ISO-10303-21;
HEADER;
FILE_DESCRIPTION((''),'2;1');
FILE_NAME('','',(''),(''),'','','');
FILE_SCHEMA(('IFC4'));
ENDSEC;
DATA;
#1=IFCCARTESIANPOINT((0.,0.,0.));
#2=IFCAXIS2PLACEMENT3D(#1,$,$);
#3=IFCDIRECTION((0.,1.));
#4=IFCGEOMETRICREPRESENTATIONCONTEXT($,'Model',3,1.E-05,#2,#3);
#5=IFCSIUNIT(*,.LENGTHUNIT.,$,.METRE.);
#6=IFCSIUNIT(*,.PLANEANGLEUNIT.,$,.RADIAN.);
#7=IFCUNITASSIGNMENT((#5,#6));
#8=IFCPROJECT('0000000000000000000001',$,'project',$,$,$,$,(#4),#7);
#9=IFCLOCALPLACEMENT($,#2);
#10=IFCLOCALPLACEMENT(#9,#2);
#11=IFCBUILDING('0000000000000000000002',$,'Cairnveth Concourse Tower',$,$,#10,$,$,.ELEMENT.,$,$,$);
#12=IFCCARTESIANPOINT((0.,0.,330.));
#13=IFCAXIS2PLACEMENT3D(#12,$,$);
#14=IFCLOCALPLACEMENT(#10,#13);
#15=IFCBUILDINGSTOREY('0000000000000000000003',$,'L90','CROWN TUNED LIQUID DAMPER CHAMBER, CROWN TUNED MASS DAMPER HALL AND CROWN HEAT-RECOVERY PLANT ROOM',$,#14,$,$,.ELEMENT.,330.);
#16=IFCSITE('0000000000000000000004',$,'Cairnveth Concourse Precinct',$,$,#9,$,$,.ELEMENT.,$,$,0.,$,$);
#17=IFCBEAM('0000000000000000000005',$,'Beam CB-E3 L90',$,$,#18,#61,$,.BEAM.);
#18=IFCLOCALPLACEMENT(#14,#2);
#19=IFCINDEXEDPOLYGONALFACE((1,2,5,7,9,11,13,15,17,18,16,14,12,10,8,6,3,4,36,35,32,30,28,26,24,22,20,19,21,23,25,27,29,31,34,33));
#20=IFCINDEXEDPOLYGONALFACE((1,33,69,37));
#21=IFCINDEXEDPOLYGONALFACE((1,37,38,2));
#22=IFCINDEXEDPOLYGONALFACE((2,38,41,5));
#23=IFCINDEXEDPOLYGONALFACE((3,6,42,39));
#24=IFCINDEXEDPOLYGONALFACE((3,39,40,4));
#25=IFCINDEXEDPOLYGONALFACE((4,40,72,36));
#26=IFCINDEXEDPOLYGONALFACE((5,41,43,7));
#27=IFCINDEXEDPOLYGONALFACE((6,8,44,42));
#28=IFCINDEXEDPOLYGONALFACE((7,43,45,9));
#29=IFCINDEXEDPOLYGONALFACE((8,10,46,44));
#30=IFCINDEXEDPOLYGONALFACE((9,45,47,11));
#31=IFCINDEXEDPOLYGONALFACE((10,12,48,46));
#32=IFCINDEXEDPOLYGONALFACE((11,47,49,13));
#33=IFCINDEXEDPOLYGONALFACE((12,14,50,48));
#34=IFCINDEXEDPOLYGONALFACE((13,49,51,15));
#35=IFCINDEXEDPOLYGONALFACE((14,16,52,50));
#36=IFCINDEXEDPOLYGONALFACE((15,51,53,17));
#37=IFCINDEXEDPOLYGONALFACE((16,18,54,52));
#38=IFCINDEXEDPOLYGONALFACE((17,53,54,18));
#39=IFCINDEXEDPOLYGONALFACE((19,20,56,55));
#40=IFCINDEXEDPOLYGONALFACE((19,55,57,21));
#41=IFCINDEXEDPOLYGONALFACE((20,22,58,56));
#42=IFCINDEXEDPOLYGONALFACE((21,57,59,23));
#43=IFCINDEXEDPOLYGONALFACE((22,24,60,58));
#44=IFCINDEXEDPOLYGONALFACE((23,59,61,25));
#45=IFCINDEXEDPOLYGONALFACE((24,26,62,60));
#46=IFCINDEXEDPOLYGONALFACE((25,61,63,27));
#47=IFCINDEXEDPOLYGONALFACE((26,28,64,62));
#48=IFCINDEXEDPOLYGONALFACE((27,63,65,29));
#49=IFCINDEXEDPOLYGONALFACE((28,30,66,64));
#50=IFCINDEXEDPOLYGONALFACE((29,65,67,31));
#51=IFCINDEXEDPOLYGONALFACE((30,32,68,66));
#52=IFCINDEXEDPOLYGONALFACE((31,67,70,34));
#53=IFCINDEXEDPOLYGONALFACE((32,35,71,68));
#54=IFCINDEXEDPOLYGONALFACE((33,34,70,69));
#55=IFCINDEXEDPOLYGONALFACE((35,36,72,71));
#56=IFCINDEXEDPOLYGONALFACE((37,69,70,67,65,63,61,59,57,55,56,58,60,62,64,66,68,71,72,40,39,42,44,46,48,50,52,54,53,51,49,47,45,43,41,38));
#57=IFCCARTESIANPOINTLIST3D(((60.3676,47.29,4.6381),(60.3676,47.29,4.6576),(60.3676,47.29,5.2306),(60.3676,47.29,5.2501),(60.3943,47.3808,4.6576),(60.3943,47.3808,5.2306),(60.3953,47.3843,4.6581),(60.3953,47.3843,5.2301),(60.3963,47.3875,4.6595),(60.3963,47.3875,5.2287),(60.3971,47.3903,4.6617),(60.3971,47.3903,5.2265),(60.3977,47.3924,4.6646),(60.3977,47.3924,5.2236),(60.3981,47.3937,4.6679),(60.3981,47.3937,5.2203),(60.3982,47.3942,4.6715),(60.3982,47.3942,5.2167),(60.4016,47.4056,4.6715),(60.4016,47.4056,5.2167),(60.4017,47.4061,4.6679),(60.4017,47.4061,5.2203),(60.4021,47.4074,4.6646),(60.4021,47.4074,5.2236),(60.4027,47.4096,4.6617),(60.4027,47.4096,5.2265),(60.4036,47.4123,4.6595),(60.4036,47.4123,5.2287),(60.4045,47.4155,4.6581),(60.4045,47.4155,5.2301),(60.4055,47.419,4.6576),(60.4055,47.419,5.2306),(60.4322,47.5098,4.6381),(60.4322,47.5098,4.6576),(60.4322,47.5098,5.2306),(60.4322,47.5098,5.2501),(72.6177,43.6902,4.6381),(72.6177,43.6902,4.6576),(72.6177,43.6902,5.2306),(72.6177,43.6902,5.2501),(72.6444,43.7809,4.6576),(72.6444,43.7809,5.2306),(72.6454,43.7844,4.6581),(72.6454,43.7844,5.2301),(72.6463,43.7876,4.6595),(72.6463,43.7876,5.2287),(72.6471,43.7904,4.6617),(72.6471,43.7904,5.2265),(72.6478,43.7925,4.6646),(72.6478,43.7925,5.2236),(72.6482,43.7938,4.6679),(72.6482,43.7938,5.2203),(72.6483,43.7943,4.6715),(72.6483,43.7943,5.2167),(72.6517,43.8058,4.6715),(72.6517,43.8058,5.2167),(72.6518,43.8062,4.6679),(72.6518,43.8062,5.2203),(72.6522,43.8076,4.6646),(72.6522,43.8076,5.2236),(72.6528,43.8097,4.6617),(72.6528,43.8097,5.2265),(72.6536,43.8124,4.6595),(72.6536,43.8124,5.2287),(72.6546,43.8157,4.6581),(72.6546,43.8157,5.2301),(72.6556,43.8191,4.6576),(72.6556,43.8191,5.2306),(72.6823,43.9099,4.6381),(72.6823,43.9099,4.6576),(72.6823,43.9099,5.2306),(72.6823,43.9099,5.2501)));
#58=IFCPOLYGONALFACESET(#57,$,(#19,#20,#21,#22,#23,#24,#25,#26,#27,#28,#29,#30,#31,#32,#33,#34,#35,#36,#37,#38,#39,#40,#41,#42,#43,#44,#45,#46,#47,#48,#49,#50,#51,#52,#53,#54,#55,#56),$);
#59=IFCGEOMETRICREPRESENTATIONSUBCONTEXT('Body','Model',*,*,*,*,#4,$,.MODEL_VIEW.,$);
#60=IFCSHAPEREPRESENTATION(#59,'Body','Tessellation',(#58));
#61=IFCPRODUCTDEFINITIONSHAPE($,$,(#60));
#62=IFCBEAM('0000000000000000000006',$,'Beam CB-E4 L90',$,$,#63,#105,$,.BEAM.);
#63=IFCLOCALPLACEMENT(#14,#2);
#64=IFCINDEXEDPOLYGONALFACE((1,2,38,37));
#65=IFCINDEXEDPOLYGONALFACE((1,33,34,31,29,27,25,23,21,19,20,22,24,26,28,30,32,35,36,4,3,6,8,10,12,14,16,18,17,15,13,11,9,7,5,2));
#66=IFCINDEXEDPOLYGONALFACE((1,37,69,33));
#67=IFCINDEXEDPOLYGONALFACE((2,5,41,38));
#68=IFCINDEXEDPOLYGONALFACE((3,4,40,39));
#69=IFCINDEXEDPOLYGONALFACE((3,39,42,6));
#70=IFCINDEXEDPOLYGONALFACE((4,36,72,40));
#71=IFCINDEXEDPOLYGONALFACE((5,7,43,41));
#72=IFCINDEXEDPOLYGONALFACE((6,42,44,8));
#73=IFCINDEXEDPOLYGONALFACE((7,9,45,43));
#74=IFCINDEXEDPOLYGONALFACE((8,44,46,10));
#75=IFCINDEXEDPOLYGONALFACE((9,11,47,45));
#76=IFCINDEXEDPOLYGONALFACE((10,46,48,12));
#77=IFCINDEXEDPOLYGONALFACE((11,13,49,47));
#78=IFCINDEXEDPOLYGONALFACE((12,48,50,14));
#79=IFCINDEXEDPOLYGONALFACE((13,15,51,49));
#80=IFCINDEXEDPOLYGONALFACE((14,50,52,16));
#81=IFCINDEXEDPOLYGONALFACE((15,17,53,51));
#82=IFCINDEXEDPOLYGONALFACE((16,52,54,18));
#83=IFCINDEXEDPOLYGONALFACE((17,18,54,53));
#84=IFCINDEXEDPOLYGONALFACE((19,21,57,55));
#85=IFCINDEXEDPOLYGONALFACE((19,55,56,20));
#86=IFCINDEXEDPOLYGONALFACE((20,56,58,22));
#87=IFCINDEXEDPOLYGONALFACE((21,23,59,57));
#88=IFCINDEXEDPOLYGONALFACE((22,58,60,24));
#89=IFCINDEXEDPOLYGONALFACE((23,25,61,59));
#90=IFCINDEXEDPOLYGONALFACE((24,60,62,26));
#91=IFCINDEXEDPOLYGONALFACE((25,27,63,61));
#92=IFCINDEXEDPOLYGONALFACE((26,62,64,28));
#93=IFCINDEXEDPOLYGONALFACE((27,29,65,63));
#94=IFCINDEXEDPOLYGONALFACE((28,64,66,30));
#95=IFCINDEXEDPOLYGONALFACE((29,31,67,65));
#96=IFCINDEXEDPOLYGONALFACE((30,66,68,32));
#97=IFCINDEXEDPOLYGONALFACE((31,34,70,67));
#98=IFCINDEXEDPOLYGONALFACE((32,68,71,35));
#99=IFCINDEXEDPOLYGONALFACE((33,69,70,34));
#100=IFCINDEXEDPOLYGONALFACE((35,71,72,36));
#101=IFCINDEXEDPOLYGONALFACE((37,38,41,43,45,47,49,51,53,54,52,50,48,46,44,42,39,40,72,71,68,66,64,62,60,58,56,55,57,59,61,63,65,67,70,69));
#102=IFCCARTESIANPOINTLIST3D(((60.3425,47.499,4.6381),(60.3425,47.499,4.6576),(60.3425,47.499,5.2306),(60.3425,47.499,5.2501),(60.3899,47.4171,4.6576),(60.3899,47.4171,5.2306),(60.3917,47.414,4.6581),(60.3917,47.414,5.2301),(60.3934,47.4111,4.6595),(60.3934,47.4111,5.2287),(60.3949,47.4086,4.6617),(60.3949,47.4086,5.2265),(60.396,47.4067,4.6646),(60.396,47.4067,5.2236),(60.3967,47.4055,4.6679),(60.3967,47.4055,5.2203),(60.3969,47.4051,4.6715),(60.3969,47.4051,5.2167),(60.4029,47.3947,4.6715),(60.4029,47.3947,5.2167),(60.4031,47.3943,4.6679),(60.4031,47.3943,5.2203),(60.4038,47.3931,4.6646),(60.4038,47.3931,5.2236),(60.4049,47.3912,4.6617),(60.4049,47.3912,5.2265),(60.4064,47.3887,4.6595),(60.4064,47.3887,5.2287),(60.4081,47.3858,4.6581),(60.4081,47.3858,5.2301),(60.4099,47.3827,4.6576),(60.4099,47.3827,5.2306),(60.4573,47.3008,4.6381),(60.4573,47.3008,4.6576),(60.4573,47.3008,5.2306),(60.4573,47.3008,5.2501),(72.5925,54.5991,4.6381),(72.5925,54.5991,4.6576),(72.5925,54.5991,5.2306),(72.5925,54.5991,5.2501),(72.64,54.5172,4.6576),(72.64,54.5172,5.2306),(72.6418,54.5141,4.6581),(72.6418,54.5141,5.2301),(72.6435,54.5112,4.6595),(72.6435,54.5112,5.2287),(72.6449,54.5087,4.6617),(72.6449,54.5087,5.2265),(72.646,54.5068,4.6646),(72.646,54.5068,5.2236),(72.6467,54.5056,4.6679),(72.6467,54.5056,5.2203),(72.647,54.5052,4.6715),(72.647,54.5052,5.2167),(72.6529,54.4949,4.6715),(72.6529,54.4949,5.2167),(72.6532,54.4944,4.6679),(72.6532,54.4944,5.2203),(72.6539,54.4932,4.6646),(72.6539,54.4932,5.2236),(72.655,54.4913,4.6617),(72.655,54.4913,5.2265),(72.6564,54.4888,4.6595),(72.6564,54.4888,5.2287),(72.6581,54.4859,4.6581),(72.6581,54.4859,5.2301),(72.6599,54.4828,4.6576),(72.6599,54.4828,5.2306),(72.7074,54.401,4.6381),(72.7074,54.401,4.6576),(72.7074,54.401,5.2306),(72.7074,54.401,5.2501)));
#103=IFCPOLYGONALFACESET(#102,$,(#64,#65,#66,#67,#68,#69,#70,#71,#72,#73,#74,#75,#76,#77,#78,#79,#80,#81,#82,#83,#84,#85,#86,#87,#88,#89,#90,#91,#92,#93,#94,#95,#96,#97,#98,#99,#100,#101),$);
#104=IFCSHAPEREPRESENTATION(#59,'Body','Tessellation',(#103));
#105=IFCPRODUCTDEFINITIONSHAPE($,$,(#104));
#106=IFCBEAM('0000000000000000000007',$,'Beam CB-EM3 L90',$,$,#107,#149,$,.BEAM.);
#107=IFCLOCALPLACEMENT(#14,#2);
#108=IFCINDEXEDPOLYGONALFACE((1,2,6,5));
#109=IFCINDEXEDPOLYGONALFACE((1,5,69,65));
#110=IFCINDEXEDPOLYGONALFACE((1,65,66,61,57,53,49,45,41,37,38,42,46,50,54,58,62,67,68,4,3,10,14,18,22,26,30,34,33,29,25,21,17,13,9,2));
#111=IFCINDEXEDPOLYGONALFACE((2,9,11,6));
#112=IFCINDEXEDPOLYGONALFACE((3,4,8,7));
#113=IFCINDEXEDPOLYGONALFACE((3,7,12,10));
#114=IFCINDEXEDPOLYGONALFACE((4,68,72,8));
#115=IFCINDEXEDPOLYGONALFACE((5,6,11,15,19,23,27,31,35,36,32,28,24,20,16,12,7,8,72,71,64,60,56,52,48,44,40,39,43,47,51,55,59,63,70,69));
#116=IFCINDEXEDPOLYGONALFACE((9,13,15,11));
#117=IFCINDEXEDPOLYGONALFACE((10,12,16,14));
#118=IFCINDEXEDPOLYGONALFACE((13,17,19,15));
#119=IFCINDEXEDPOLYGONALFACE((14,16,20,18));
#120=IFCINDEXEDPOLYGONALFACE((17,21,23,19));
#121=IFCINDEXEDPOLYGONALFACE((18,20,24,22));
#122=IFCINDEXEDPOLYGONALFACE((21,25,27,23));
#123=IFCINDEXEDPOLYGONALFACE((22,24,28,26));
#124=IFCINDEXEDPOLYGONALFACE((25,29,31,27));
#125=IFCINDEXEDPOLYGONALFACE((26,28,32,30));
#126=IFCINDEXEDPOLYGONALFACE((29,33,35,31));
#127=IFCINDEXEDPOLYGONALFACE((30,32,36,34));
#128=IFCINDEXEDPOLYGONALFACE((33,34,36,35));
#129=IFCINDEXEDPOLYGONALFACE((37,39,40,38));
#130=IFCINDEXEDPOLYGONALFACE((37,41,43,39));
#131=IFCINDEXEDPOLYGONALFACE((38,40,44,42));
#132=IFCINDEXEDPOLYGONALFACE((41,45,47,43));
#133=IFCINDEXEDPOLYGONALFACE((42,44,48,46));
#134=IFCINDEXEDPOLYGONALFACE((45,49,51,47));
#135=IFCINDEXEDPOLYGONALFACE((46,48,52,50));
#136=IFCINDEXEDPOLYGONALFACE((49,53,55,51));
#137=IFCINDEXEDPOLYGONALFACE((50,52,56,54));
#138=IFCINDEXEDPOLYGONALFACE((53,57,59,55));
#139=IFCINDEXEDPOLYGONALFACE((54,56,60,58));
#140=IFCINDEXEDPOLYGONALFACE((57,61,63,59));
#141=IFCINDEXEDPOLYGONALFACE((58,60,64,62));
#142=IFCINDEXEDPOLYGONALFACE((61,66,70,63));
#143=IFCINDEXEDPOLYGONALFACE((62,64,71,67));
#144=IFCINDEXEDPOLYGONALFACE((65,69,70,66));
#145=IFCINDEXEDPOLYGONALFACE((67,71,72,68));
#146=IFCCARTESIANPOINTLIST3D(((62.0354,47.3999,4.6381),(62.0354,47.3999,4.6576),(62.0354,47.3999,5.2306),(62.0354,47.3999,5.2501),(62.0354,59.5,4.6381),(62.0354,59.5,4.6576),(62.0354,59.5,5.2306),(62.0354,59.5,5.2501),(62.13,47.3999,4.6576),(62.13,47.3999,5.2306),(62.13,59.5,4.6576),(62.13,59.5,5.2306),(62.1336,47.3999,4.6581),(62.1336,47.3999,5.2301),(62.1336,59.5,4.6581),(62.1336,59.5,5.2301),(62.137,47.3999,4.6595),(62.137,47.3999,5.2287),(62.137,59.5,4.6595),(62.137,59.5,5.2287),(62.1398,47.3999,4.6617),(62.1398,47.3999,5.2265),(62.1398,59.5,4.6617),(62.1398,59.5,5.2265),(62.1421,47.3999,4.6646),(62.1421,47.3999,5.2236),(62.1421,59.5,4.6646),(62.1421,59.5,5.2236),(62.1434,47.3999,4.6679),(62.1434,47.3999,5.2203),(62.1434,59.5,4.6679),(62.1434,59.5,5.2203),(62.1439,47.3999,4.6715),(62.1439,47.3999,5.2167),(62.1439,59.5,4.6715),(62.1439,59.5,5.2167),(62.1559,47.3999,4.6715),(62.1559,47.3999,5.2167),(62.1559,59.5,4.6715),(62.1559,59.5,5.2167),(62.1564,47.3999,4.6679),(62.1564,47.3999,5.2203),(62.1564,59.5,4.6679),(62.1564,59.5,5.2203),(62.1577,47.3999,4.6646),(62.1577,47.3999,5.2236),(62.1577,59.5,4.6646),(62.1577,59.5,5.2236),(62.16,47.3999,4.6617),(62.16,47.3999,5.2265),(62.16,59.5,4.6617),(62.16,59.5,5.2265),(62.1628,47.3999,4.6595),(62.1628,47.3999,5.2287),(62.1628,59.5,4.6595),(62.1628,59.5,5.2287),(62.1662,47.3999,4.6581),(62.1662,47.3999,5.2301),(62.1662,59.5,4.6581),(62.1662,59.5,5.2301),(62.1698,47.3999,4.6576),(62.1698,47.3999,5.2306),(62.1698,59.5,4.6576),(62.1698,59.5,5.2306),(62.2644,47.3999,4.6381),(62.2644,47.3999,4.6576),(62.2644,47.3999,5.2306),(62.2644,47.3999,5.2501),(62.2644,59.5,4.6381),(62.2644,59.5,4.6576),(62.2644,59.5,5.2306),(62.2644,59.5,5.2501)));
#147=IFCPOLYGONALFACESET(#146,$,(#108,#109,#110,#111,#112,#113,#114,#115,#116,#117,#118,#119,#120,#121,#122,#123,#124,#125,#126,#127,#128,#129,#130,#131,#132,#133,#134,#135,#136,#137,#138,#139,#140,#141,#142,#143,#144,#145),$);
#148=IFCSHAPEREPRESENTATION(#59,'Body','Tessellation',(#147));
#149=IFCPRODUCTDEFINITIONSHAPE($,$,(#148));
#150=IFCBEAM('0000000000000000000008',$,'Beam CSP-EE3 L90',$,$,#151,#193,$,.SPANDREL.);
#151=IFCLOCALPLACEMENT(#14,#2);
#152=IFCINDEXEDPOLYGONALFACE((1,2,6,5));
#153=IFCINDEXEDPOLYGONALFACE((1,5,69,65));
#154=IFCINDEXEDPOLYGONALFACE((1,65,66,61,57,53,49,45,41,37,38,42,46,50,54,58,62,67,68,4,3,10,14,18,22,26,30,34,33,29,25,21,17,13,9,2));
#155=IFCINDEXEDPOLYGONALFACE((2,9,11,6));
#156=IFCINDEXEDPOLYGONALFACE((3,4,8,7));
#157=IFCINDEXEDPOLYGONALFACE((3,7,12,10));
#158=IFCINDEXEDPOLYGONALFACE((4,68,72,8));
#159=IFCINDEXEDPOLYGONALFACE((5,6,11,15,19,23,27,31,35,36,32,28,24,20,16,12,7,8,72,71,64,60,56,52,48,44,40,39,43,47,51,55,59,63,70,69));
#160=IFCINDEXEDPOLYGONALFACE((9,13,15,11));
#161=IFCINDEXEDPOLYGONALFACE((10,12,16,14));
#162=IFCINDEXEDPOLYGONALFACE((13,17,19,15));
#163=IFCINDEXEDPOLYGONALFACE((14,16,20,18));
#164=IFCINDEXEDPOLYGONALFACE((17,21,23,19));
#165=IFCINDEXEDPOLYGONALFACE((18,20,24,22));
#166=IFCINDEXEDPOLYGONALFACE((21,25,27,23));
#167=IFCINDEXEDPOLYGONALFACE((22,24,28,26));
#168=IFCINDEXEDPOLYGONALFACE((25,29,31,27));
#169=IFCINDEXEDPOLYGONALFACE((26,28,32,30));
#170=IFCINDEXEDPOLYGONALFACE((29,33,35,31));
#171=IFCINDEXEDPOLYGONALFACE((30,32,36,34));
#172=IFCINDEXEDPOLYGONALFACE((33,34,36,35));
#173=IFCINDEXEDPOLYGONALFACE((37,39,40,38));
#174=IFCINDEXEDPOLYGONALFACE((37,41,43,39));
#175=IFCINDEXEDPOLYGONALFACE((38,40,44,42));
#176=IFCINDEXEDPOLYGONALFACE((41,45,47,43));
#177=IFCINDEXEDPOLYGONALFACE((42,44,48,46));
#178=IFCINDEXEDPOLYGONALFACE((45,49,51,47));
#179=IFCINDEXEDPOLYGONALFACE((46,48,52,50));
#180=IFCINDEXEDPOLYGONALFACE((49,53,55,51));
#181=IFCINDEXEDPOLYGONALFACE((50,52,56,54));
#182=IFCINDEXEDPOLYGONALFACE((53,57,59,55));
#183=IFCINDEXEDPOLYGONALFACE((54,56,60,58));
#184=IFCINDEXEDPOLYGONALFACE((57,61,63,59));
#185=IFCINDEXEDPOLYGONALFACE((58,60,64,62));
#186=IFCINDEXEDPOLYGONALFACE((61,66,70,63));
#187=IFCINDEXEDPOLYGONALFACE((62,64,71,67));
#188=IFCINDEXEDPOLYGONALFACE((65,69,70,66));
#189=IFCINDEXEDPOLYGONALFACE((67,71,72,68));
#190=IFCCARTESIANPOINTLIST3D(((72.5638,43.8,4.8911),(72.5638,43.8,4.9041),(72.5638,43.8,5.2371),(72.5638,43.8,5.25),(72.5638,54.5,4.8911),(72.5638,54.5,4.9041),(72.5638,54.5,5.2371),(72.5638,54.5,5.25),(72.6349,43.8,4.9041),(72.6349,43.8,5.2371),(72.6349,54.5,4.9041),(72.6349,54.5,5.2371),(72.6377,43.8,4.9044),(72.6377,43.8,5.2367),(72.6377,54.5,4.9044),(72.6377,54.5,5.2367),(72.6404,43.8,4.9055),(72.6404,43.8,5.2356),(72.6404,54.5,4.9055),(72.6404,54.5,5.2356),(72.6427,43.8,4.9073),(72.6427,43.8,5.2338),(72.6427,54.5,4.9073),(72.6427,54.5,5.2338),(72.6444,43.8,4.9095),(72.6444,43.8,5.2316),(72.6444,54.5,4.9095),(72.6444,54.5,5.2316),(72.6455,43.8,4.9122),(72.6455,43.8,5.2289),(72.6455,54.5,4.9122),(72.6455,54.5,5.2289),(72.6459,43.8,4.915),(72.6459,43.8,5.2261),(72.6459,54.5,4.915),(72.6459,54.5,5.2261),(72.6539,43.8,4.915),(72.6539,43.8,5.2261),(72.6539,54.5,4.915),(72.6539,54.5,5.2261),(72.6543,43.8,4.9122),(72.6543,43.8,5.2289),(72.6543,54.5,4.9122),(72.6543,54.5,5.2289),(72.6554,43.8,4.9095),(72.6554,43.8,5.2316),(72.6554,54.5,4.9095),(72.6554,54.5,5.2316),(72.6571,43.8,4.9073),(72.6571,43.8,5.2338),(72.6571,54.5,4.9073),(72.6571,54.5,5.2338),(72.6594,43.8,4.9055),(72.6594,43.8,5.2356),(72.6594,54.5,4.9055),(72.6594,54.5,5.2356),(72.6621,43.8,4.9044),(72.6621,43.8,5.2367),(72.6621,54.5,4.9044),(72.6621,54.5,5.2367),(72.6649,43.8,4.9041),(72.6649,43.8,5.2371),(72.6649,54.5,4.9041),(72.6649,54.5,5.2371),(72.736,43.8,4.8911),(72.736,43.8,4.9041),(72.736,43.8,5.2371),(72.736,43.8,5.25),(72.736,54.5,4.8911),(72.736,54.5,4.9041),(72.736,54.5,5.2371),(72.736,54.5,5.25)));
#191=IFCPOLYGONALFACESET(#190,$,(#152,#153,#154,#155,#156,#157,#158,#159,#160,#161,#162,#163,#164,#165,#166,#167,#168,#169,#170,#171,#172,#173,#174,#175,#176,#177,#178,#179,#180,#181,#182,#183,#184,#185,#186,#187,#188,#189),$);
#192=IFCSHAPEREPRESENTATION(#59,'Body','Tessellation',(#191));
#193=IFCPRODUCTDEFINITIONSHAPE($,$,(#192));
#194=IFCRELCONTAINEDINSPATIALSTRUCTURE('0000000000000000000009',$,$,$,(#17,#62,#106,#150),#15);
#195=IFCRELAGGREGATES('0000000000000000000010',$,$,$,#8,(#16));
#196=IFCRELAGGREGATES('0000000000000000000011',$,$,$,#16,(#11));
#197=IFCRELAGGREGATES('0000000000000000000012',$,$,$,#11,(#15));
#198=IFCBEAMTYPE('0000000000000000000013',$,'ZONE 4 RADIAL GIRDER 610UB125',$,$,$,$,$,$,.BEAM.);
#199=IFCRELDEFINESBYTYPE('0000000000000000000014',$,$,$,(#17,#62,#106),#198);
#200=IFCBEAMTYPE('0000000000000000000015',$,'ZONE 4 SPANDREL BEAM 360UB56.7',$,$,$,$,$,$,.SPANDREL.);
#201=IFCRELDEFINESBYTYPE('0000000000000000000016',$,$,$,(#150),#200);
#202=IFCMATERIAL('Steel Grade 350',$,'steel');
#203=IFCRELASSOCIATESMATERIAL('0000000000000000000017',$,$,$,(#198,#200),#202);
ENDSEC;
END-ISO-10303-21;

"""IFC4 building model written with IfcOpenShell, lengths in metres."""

from ifc_helpers import new_model, si_unit, direction, frame, origin, origin_2d, place, context, subcontext, project, spatial, i_section, extrude, material, material_profile, profile_set, type_object, element, save


model = new_model("IFC4")

# Units and contexts
model_context = context("Model", 3, precision=1e-05, world=origin(), true_north=direction((0.0, 1.0)))
body_context = subcontext(model_context, "Body", "Model", "MODEL_VIEW")
ifc_project = project(units=[si_unit("LENGTHUNIT", "METRE"), si_unit("PLANEANGLEUNIT", "RADIAN")], contexts=[model_context])

# Site, building, storey
site_placement = place(None, origin())
site = spatial("IfcSite", under=ifc_project, at=site_placement, Name="Cairnveth Concourse Precinct", CompositionType="ELEMENT", RefElevation=0.0)
building_placement = place(site_placement, origin())
building = spatial("IfcBuilding", under=site, at=building_placement, Name="Cairnveth Concourse Tower", CompositionType="ELEMENT")
storey_placement = place(building_placement, frame((0.0, 0.0, 330.0)))
storey = spatial("IfcBuildingStorey", under=building, at=storey_placement, Name="L90", Description="CROWN TUNED LIQUID DAMPER CHAMBER, CROWN TUNED MASS DAMPER HALL AND CROWN HEAT-RECOVERY PLANT ROOM", CompositionType="ELEMENT", Elevation=330.0)

# Shared definitions
ifc_material_1 = material(Name="Steel Grade 350", Category="steel")

# Beams
ifc_material_profile_1 = material_profile(ifc_material_1, i_section(OverallWidth=0.229, OverallDepth=0.6121, WebThickness=0.012, FlangeThickness=0.0195, FilletRadius=0.0139, at=origin_2d()), Name="610UB125")
ifc_profile_set_1 = profile_set([ifc_material_profile_1], Name="Steel Grade 350")
beam_type_1 = type_object("IfcBeamType", Name="ZONE 4 RADIAL GIRDER 610UB125", PredefinedType="BEAM", material=ifc_profile_set_1)
beam_1_placement = place(storey_placement, frame((60.3999, 47.3999, 4.9441), z_axis=(0.959431, -0.281944, 0.0), x_axis=(0.281944, 0.959431, 0.0)))
element("IfcBeam", 1, at=beam_1_placement, inside=storey, type_object=beam_type_1, Name="Beam CB-E3 L90", PredefinedType="BEAM", context=body_context, shape_type="SweptSolid", body=[
    extrude(i_section(OverallWidth=0.229, OverallDepth=0.6121, WebThickness=0.012, FlangeThickness=0.0195, FilletRadius=0.0139, at=origin_2d()), origin(), (0.0, 0.0, 1.0), 12.7681),
])
beam_2_placement = place(storey_placement, frame((60.3999, 47.3999, 4.9441), z_axis=(0.865181, 0.501459, 0.0), x_axis=(-0.501459, 0.865181, 0.0)))
element("IfcBeam", 2, at=beam_2_placement, inside=storey, type_object=beam_type_1, Name="Beam CB-E4 L90", PredefinedType="BEAM", context=body_context, shape_type="SweptSolid", body=[
    extrude(i_section(OverallWidth=0.229, OverallDepth=0.6121, WebThickness=0.012, FlangeThickness=0.0195, FilletRadius=0.0139, at=origin_2d()), origin(), (0.0, 0.0, 1.0), 14.1589),
])
beam_3_placement = place(storey_placement, frame((62.1499, 47.3999, 4.9441), z_axis=(0.0, 1.0, 0.0), x_axis=(-1.0, 0.0, 0.0)))
element("IfcBeam", 3, at=beam_3_placement, inside=storey, type_object=beam_type_1, Name="Beam CB-EM3 L90", PredefinedType="BEAM", context=body_context, shape_type="SweptSolid", body=[
    extrude(i_section(OverallWidth=0.229, OverallDepth=0.6121, WebThickness=0.012, FlangeThickness=0.0195, FilletRadius=0.0139, at=origin_2d()), origin(), (0.0, 0.0, 1.0), 12.1001),
])
ifc_material_profile_2 = material_profile(ifc_material_1, i_section(OverallWidth=0.1721, OverallDepth=0.3589, WebThickness=0.0081, FlangeThickness=0.0129, FilletRadius=0.011, at=origin_2d()), Name="360UB56.7")
ifc_profile_set_2 = profile_set([ifc_material_profile_2], Name="Steel Grade 350")
beam_type_2 = type_object("IfcBeamType", Name="ZONE 4 SPANDREL BEAM 360UB56.7", PredefinedType="SPANDREL", material=ifc_profile_set_2)
beam_4_placement = place(storey_placement, frame((72.6499, 43.8, 5.0706), z_axis=(0.0, 1.0, 0.0), x_axis=(-1.0, 0.0, 0.0)))
element("IfcBeam", 4, at=beam_4_placement, inside=storey, type_object=beam_type_2, Name="Beam CSP-EE3 L90", PredefinedType="SPANDREL", context=body_context, shape_type="SweptSolid", body=[
    extrude(i_section(OverallWidth=0.1721, OverallDepth=0.3589, WebThickness=0.0081, FlangeThickness=0.0129, FilletRadius=0.011, at=origin_2d()), origin(), (0.0, 0.0, 1.0), 10.7),
])

save(model, "model.ifc")
